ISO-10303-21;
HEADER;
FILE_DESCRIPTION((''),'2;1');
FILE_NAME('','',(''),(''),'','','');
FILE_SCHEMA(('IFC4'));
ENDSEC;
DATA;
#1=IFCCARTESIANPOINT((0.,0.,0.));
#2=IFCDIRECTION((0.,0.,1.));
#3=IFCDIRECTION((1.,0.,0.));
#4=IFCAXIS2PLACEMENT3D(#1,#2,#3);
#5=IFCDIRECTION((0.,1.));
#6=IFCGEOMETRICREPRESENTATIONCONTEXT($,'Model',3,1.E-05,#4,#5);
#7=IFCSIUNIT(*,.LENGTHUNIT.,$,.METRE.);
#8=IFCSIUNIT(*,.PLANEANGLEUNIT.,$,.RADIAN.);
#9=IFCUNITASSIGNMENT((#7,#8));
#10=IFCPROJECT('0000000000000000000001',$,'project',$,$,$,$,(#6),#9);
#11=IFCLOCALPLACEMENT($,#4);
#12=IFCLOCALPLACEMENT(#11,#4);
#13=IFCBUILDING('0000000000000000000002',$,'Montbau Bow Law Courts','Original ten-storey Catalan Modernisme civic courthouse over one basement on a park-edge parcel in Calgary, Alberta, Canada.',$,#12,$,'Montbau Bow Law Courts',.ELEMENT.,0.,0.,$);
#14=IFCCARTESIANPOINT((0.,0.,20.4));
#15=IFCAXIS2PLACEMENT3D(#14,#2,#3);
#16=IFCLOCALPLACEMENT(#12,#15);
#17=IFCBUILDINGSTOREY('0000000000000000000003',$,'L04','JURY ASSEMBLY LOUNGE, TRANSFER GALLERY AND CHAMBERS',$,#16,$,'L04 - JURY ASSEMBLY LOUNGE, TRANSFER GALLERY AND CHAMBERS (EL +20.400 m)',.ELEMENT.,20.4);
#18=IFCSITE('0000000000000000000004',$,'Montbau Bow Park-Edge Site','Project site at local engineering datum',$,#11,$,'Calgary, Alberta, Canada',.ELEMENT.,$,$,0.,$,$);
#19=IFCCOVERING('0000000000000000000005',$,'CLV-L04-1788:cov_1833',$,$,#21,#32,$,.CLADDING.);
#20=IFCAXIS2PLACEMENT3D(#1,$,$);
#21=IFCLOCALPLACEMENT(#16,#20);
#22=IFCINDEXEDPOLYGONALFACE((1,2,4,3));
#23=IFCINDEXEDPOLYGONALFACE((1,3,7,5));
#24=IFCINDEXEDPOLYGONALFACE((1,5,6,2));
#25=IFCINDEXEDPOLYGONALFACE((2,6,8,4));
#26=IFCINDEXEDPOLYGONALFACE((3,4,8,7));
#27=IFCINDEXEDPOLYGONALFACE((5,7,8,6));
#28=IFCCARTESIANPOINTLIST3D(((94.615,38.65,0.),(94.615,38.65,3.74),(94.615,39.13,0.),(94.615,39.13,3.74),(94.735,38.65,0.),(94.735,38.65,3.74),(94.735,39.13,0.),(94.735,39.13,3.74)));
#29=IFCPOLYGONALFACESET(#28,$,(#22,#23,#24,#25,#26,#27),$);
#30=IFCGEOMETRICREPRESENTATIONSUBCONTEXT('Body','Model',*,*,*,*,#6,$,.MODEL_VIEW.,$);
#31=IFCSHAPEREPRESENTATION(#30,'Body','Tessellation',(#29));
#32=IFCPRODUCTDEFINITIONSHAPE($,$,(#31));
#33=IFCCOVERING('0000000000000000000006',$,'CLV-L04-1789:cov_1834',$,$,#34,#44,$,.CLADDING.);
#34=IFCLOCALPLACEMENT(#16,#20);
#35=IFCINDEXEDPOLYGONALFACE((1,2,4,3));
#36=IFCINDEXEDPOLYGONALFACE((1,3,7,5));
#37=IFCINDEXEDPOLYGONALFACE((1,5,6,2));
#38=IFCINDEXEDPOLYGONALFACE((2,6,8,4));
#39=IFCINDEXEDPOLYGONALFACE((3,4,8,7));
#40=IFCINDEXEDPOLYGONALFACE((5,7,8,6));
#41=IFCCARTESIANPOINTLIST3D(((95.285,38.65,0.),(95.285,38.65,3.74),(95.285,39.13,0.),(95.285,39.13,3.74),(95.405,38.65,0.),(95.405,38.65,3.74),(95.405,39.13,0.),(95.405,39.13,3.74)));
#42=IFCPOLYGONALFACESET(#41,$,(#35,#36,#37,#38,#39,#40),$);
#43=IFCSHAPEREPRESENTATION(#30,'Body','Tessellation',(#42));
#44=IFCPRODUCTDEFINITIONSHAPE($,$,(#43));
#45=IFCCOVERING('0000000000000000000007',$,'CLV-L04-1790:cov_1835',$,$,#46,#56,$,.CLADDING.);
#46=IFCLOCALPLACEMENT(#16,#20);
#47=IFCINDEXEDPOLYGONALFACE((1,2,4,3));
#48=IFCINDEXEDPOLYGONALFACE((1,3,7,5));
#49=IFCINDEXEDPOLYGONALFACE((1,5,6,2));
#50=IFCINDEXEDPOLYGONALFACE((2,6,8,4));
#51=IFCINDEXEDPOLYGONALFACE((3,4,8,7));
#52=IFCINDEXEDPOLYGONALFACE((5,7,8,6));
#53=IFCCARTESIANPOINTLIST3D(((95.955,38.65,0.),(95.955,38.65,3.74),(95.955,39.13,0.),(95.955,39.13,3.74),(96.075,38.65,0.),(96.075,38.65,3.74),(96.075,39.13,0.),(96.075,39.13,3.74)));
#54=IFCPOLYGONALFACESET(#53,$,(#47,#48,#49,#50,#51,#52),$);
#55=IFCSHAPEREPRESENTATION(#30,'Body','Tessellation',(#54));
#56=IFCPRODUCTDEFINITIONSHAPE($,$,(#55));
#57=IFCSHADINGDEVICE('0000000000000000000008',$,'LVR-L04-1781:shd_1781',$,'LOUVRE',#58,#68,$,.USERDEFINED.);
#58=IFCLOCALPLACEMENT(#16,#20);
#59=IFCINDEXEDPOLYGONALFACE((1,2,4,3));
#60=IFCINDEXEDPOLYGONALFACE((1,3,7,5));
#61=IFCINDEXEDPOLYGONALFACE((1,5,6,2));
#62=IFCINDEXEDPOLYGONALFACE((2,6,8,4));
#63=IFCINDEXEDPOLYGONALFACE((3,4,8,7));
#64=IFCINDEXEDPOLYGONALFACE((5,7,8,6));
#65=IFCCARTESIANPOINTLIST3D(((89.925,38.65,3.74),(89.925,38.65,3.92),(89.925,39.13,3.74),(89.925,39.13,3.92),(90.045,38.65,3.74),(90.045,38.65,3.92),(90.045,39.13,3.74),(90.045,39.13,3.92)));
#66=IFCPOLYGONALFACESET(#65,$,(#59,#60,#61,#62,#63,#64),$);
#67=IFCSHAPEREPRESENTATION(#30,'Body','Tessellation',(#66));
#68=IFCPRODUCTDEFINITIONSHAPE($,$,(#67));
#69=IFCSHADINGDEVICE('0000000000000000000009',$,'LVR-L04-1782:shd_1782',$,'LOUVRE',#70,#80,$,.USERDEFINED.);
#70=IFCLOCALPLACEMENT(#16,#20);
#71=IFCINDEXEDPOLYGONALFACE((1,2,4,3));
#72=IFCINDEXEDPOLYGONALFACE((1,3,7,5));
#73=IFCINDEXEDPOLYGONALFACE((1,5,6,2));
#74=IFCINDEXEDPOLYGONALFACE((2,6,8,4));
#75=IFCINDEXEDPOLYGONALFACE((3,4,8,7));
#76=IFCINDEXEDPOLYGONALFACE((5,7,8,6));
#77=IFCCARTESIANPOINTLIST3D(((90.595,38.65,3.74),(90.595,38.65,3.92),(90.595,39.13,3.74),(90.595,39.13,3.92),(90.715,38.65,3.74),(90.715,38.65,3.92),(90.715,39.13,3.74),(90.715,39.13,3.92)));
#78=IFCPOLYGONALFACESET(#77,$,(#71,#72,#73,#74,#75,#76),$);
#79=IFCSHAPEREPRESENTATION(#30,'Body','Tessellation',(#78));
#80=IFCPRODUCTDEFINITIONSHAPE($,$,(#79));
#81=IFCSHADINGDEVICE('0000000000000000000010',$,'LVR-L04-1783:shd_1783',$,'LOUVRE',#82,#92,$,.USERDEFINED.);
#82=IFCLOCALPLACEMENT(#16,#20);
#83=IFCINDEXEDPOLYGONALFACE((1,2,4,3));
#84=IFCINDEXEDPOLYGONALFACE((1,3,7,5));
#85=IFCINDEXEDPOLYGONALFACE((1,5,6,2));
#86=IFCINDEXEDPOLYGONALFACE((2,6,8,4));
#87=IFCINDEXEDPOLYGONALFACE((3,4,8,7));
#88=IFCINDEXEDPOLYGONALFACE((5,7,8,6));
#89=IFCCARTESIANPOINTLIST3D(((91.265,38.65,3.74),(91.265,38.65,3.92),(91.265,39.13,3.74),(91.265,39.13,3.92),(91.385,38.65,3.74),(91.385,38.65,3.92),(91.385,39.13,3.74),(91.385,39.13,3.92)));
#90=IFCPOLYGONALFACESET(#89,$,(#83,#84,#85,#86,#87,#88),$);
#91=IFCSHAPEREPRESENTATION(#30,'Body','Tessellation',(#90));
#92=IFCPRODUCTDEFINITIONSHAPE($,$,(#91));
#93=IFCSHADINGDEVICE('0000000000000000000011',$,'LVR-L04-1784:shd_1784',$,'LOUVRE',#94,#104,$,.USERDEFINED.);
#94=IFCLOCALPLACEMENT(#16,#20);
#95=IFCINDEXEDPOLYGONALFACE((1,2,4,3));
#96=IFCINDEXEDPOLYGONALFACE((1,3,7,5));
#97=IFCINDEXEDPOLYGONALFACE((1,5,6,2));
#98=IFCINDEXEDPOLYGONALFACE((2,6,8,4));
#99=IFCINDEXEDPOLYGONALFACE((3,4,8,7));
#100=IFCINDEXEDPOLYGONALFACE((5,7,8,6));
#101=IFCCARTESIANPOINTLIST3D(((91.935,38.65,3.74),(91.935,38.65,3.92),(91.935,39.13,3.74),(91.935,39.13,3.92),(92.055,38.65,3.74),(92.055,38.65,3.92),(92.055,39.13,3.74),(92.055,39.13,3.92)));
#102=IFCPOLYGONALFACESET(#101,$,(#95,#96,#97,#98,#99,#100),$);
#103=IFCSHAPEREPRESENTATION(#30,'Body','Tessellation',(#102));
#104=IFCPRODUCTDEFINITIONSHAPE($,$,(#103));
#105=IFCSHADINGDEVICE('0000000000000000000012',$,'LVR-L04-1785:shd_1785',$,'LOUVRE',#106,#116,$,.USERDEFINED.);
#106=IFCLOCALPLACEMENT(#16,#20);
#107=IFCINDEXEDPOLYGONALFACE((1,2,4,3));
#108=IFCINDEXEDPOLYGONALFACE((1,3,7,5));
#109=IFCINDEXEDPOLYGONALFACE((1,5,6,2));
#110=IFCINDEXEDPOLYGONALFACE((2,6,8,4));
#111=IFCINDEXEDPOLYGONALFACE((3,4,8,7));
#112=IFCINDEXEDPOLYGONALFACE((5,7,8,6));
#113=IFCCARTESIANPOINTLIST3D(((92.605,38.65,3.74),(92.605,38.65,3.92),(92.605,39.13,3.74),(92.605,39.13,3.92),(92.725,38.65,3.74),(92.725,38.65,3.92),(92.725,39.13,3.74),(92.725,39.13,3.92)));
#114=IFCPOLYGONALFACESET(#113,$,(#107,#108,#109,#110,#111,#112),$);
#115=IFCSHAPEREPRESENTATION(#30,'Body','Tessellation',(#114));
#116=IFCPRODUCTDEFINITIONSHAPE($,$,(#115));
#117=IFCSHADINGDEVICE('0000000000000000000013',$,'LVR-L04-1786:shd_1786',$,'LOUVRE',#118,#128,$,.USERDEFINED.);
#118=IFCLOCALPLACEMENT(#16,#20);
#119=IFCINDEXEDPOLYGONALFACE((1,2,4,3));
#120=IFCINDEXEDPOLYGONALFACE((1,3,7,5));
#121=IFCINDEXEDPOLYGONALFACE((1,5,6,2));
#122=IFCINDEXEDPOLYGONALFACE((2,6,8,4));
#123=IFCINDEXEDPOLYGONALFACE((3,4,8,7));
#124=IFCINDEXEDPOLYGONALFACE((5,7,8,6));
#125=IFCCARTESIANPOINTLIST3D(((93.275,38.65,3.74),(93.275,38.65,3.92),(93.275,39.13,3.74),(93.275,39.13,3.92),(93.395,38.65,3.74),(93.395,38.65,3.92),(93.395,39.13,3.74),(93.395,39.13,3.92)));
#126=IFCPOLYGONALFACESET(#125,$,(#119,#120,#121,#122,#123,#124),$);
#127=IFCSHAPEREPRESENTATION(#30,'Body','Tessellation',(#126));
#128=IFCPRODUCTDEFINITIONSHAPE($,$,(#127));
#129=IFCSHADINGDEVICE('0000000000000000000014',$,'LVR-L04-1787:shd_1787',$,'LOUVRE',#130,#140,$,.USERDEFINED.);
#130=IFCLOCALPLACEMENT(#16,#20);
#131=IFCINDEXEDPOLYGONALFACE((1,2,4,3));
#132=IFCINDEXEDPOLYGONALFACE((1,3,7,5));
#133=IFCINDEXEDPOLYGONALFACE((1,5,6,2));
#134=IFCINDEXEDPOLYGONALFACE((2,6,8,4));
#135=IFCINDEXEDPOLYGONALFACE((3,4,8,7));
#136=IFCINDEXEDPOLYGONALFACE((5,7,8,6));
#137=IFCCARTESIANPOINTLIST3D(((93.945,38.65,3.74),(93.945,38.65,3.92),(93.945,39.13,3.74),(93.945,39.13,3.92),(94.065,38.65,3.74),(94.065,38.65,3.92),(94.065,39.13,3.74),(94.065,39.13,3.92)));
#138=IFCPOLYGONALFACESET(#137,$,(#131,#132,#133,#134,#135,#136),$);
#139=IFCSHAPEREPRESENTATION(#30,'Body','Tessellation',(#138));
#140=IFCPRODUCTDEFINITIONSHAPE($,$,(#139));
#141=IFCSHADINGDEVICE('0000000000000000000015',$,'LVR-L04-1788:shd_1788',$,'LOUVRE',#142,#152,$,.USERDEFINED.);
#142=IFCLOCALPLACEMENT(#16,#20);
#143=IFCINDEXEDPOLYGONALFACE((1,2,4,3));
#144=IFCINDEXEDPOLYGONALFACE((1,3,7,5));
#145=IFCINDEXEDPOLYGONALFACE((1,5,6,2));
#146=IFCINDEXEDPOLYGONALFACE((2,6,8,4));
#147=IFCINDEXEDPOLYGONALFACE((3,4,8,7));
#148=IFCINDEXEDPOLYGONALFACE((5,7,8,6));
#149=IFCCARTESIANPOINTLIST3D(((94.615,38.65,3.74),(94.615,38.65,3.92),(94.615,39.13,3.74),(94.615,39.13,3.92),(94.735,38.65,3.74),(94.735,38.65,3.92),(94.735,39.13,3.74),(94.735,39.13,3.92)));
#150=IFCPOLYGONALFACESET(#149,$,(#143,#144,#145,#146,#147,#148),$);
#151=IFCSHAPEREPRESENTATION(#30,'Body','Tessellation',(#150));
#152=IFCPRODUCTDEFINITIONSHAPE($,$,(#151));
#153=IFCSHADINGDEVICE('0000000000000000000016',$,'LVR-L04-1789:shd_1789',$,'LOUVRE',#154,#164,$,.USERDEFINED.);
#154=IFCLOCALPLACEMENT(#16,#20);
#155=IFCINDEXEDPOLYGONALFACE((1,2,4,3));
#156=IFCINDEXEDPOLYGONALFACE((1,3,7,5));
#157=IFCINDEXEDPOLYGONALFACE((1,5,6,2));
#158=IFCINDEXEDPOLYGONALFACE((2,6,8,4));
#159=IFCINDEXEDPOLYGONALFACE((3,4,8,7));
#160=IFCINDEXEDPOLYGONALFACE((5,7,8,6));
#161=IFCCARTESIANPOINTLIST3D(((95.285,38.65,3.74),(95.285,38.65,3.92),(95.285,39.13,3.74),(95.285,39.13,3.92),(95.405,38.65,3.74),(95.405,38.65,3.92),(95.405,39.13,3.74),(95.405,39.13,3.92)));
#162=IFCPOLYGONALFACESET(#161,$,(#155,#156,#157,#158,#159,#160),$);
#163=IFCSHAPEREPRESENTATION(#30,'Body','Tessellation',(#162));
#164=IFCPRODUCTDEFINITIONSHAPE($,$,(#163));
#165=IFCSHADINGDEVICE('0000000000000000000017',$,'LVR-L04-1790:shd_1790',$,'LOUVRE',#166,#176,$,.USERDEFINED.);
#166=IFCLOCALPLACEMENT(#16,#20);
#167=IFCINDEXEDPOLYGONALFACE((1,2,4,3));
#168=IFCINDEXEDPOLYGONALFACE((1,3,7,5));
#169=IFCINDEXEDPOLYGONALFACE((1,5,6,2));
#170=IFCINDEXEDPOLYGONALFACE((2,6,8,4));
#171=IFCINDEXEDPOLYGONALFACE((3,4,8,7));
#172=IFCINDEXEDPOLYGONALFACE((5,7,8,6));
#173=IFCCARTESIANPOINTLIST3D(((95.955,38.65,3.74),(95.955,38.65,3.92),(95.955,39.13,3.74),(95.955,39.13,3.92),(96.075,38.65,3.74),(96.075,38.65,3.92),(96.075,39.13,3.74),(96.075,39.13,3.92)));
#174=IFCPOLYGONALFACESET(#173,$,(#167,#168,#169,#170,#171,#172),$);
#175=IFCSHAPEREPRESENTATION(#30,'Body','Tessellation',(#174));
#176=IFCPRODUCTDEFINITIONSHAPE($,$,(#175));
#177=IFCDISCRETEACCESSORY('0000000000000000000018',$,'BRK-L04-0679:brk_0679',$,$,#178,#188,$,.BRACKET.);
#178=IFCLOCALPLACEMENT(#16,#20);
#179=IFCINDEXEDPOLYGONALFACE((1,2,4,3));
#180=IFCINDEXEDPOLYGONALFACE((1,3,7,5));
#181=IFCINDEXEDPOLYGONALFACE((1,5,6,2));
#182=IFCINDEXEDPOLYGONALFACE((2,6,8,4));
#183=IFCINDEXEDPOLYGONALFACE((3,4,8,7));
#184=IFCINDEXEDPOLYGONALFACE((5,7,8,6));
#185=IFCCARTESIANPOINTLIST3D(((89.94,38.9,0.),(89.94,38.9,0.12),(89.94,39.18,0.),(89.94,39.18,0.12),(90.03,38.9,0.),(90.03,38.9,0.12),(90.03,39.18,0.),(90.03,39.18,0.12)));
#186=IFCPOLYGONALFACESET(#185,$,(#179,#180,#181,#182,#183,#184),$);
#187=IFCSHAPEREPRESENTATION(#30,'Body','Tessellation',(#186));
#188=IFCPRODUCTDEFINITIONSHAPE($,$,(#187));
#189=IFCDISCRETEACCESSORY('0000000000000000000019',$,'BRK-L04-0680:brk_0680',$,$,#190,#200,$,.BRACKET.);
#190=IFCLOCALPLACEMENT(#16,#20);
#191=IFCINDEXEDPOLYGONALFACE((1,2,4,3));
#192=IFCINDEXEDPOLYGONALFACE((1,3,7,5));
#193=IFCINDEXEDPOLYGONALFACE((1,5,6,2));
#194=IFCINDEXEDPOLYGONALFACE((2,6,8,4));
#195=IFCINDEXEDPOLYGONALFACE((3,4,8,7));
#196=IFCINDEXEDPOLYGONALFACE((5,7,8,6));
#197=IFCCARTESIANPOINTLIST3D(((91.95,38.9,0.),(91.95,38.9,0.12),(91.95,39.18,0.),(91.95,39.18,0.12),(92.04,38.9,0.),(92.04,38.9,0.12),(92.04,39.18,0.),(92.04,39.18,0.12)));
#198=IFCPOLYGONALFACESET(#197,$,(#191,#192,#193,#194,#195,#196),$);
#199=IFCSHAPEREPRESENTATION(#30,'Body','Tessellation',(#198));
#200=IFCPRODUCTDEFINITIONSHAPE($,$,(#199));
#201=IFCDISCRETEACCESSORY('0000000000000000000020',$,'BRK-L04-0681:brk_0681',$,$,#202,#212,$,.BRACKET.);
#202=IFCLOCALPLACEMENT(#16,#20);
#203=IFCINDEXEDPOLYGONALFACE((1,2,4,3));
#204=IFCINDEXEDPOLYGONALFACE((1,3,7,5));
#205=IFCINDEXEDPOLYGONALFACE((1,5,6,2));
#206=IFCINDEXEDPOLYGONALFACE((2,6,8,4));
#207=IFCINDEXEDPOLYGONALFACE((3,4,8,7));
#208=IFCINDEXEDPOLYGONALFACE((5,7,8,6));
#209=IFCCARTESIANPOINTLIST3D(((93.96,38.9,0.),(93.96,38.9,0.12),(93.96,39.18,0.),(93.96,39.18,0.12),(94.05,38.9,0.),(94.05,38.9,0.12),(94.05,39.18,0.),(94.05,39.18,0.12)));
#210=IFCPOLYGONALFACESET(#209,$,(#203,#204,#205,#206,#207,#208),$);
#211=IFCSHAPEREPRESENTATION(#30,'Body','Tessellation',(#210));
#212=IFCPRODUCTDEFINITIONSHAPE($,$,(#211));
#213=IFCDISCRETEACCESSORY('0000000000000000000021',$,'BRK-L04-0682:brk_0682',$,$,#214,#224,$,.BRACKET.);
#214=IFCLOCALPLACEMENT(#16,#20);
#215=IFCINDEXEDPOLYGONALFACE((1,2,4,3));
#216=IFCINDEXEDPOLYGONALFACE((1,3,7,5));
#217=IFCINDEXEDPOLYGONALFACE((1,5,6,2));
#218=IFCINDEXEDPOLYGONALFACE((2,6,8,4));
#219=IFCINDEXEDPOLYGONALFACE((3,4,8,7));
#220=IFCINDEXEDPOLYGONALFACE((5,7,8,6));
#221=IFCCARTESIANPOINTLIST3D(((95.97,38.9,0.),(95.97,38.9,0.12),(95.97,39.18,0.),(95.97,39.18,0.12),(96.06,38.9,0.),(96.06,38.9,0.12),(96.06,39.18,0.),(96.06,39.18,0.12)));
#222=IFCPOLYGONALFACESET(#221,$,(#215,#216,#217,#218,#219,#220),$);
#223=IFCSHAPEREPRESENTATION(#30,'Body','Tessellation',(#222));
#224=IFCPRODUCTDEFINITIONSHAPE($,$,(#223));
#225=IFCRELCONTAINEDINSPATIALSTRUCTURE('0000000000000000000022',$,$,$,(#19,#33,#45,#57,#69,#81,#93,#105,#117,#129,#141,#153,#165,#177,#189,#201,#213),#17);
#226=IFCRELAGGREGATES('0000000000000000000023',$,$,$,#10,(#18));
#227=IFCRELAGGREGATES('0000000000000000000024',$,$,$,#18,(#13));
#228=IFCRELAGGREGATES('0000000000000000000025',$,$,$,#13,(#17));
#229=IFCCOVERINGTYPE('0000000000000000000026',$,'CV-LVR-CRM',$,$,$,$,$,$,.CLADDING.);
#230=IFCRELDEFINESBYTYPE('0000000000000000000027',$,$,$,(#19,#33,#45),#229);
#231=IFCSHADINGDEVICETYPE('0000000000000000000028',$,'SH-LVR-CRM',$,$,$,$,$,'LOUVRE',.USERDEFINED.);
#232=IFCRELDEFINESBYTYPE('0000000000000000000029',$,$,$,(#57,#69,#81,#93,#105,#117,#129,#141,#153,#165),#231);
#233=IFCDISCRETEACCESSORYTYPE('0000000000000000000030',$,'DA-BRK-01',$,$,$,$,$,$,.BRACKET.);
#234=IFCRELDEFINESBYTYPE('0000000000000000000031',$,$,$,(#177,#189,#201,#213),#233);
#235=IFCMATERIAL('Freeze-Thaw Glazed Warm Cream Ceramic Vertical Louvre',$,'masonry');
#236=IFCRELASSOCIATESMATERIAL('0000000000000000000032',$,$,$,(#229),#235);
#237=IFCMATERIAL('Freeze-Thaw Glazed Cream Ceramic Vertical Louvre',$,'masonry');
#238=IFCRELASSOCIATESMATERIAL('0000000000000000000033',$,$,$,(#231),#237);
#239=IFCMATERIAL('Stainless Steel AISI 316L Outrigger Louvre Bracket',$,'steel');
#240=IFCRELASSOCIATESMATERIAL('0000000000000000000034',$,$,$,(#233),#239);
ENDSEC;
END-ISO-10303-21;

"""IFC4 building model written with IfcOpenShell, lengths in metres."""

from ifc_helpers import new_model, si_unit, direction, frame, frame_2d, origin_with_axes, origin_2d_with_axis, place, context, subcontext, project, spatial, rectangle, extrude, material, type_object, element, save


model = new_model("IFC4")

# Units and contexts
model_context = context("Model", 3, precision=1e-05, world=origin_with_axes(), true_north=direction((0.0, 1.0)))
body_context = subcontext(model_context, "Body", "Model", "MODEL_VIEW")
ifc_project = project(units=[si_unit("LENGTHUNIT", "METRE"), si_unit("PLANEANGLEUNIT", "RADIAN")], contexts=[model_context])

# Site, building, storey
site_placement = place(None, origin_with_axes())
site = spatial("IfcSite", under=ifc_project, at=site_placement, Name="Montbau Bow Park-Edge Site", Description="Project site at local engineering datum", LongName="Calgary, Alberta, Canada", CompositionType="ELEMENT", RefElevation=0.0)
building_placement = place(site_placement, origin_with_axes())
building = spatial("IfcBuilding", under=site, at=building_placement, Name="Montbau Bow Law Courts", Description="Original ten-storey Catalan Modernisme civic courthouse over one basement on a park-edge parcel in Calgary, Alberta, Canada.", LongName="Montbau Bow Law Courts", CompositionType="ELEMENT", ElevationOfRefHeight=0.0, ElevationOfTerrain=0.0)
storey_placement = place(building_placement, frame((0.0, 0.0, 20.4), z_axis=(0.0, 0.0, 1.0), x_axis=(1.0, 0.0, 0.0)))
storey = spatial("IfcBuildingStorey", under=building, at=storey_placement, Name="L04", Description="JURY ASSEMBLY LOUNGE, TRANSFER GALLERY AND CHAMBERS", LongName="L04 - JURY ASSEMBLY LOUNGE, TRANSFER GALLERY AND CHAMBERS (EL +20.400 m)", CompositionType="ELEMENT", Elevation=20.4)

# Coverings
ifc_material_1 = material(Name="Freeze-Thaw Glazed Warm Cream Ceramic Vertical Louvre", Category="masonry")
covering_type = type_object("IfcCoveringType", Name="CV-LVR-CRM", PredefinedType="CLADDING", material=ifc_material_1)
for number, where, z_axis, x_axis, name in (
    (1, (94.675, 39.13, 20.4), (-1.0, 0.0, 0.0), (0.0, -1.0, 0.0), "CLV-L04-1788:cov_1833"),
    (2, (95.345, 39.13, 20.4), (-1.0, 0.0, 0.0), (0.0, -1.0, 0.0), "CLV-L04-1789:cov_1834"),
    (3, (96.015, 39.13, 20.4), (-1.0, 0.0, 0.0), (0.0, -1.0, 0.0), "CLV-L04-1790:cov_1835"),
):
    element("IfcCovering", number, at=place(None, frame(where, z_axis=z_axis, x_axis=x_axis)), inside=storey, type_object=covering_type, Name=name, PredefinedType="CLADDING", context=body_context, shape_type="SweptSolid", body=[
        extrude(rectangle(XDim=0.48, YDim=3.74, at=frame_2d((0.24, 1.87), x_axis=(1.0, 0.0))), frame((0.0, 0.0, -0.06), z_axis=(0.0, 0.0, 1.0), x_axis=(1.0, 0.0, 0.0)), (0.0, 0.0, 1.0), 0.12),
    ])

# Shading devices
ifc_material_2 = material(Name="Freeze-Thaw Glazed Cream Ceramic Vertical Louvre", Category="masonry")
shading_device_type = type_object("IfcShadingDeviceType", Name="SH-LVR-CRM", ElementType="LOUVRE", PredefinedType="USERDEFINED", material=ifc_material_2)
for number, where, z_axis, x_axis, name in (
    (4, (89.985, 38.89, 24.14), (0.0, 0.0, 1.0), (0.0, -1.0, 0.0), "LVR-L04-1781:shd_1781"),
    (5, (90.655, 38.89, 24.14), (0.0, 0.0, 1.0), (0.0, -1.0, 0.0), "LVR-L04-1782:shd_1782"),
    (6, (91.325, 38.89, 24.14), (0.0, 0.0, 1.0), (0.0, -1.0, 0.0), "LVR-L04-1783:shd_1783"),
    (7, (91.995, 38.89, 24.14), (0.0, 0.0, 1.0), (0.0, -1.0, 0.0), "LVR-L04-1784:shd_1784"),
    (8, (92.665, 38.89, 24.14), (0.0, 0.0, 1.0), (0.0, -1.0, 0.0), "LVR-L04-1785:shd_1785"),
    (9, (93.335, 38.89, 24.14), (0.0, 0.0, 1.0), (0.0, -1.0, 0.0), "LVR-L04-1786:shd_1786"),
    (10, (94.005, 38.89, 24.14), (0.0, 0.0, 1.0), (0.0, -1.0, 0.0), "LVR-L04-1787:shd_1787"),
    (11, (94.675, 38.89, 24.14), (0.0, 0.0, 1.0), (0.0, -1.0, 0.0), "LVR-L04-1788:shd_1788"),
    (12, (95.345, 38.89, 24.14), (0.0, 0.0, 1.0), (0.0, -1.0, 0.0), "LVR-L04-1789:shd_1789"),
    (13, (96.015, 38.89, 24.14), (0.0, 0.0, 1.0), (0.0, -1.0, 0.0), "LVR-L04-1790:shd_1790"),
):
    element("IfcShadingDevice", number, at=place(None, frame(where, z_axis=z_axis, x_axis=x_axis)), inside=storey, type_object=shading_device_type, Name=name, ObjectType="LOUVRE", PredefinedType="USERDEFINED", context=body_context, shape_type="SweptSolid", body=[
        extrude(rectangle(XDim=0.48, YDim=0.12, at=origin_2d_with_axis()), origin_with_axes(), (0.0, 0.0, 1.0), 0.18),
    ])

# Discrete accessories
ifc_material_3 = material(Name="Stainless Steel AISI 316L Outrigger Louvre Bracket", Category="steel")
discrete_accessory_type = type_object("IfcDiscreteAccessoryType", Name="DA-BRK-01", PredefinedType="BRACKET", material=ifc_material_3)
for number, where, z_axis, x_axis, name in (
    (14, (89.985, 39.04, 20.4), (0.0, 0.0, 1.0), (0.0, -1.0, 0.0), "BRK-L04-0679:brk_0679"),
    (15, (91.995, 39.04, 20.4), (0.0, 0.0, 1.0), (0.0, -1.0, 0.0), "BRK-L04-0680:brk_0680"),
    (16, (94.005, 39.04, 20.4), (0.0, 0.0, 1.0), (0.0, -1.0, 0.0), "BRK-L04-0681:brk_0681"),
    (17, (96.015, 39.04, 20.4), (0.0, 0.0, 1.0), (0.0, -1.0, 0.0), "BRK-L04-0682:brk_0682"),
):
    element("IfcDiscreteAccessory", number, at=place(None, frame(where, z_axis=z_axis, x_axis=x_axis)), inside=storey, type_object=discrete_accessory_type, Name=name, PredefinedType="BRACKET", context=body_context, shape_type="SweptSolid", body=[
        extrude(rectangle(XDim=0.28, YDim=0.09, at=origin_2d_with_axis()), origin_with_axes(), (0.0, 0.0, 1.0), 0.12),
    ])

save(model, "model.ifc")
